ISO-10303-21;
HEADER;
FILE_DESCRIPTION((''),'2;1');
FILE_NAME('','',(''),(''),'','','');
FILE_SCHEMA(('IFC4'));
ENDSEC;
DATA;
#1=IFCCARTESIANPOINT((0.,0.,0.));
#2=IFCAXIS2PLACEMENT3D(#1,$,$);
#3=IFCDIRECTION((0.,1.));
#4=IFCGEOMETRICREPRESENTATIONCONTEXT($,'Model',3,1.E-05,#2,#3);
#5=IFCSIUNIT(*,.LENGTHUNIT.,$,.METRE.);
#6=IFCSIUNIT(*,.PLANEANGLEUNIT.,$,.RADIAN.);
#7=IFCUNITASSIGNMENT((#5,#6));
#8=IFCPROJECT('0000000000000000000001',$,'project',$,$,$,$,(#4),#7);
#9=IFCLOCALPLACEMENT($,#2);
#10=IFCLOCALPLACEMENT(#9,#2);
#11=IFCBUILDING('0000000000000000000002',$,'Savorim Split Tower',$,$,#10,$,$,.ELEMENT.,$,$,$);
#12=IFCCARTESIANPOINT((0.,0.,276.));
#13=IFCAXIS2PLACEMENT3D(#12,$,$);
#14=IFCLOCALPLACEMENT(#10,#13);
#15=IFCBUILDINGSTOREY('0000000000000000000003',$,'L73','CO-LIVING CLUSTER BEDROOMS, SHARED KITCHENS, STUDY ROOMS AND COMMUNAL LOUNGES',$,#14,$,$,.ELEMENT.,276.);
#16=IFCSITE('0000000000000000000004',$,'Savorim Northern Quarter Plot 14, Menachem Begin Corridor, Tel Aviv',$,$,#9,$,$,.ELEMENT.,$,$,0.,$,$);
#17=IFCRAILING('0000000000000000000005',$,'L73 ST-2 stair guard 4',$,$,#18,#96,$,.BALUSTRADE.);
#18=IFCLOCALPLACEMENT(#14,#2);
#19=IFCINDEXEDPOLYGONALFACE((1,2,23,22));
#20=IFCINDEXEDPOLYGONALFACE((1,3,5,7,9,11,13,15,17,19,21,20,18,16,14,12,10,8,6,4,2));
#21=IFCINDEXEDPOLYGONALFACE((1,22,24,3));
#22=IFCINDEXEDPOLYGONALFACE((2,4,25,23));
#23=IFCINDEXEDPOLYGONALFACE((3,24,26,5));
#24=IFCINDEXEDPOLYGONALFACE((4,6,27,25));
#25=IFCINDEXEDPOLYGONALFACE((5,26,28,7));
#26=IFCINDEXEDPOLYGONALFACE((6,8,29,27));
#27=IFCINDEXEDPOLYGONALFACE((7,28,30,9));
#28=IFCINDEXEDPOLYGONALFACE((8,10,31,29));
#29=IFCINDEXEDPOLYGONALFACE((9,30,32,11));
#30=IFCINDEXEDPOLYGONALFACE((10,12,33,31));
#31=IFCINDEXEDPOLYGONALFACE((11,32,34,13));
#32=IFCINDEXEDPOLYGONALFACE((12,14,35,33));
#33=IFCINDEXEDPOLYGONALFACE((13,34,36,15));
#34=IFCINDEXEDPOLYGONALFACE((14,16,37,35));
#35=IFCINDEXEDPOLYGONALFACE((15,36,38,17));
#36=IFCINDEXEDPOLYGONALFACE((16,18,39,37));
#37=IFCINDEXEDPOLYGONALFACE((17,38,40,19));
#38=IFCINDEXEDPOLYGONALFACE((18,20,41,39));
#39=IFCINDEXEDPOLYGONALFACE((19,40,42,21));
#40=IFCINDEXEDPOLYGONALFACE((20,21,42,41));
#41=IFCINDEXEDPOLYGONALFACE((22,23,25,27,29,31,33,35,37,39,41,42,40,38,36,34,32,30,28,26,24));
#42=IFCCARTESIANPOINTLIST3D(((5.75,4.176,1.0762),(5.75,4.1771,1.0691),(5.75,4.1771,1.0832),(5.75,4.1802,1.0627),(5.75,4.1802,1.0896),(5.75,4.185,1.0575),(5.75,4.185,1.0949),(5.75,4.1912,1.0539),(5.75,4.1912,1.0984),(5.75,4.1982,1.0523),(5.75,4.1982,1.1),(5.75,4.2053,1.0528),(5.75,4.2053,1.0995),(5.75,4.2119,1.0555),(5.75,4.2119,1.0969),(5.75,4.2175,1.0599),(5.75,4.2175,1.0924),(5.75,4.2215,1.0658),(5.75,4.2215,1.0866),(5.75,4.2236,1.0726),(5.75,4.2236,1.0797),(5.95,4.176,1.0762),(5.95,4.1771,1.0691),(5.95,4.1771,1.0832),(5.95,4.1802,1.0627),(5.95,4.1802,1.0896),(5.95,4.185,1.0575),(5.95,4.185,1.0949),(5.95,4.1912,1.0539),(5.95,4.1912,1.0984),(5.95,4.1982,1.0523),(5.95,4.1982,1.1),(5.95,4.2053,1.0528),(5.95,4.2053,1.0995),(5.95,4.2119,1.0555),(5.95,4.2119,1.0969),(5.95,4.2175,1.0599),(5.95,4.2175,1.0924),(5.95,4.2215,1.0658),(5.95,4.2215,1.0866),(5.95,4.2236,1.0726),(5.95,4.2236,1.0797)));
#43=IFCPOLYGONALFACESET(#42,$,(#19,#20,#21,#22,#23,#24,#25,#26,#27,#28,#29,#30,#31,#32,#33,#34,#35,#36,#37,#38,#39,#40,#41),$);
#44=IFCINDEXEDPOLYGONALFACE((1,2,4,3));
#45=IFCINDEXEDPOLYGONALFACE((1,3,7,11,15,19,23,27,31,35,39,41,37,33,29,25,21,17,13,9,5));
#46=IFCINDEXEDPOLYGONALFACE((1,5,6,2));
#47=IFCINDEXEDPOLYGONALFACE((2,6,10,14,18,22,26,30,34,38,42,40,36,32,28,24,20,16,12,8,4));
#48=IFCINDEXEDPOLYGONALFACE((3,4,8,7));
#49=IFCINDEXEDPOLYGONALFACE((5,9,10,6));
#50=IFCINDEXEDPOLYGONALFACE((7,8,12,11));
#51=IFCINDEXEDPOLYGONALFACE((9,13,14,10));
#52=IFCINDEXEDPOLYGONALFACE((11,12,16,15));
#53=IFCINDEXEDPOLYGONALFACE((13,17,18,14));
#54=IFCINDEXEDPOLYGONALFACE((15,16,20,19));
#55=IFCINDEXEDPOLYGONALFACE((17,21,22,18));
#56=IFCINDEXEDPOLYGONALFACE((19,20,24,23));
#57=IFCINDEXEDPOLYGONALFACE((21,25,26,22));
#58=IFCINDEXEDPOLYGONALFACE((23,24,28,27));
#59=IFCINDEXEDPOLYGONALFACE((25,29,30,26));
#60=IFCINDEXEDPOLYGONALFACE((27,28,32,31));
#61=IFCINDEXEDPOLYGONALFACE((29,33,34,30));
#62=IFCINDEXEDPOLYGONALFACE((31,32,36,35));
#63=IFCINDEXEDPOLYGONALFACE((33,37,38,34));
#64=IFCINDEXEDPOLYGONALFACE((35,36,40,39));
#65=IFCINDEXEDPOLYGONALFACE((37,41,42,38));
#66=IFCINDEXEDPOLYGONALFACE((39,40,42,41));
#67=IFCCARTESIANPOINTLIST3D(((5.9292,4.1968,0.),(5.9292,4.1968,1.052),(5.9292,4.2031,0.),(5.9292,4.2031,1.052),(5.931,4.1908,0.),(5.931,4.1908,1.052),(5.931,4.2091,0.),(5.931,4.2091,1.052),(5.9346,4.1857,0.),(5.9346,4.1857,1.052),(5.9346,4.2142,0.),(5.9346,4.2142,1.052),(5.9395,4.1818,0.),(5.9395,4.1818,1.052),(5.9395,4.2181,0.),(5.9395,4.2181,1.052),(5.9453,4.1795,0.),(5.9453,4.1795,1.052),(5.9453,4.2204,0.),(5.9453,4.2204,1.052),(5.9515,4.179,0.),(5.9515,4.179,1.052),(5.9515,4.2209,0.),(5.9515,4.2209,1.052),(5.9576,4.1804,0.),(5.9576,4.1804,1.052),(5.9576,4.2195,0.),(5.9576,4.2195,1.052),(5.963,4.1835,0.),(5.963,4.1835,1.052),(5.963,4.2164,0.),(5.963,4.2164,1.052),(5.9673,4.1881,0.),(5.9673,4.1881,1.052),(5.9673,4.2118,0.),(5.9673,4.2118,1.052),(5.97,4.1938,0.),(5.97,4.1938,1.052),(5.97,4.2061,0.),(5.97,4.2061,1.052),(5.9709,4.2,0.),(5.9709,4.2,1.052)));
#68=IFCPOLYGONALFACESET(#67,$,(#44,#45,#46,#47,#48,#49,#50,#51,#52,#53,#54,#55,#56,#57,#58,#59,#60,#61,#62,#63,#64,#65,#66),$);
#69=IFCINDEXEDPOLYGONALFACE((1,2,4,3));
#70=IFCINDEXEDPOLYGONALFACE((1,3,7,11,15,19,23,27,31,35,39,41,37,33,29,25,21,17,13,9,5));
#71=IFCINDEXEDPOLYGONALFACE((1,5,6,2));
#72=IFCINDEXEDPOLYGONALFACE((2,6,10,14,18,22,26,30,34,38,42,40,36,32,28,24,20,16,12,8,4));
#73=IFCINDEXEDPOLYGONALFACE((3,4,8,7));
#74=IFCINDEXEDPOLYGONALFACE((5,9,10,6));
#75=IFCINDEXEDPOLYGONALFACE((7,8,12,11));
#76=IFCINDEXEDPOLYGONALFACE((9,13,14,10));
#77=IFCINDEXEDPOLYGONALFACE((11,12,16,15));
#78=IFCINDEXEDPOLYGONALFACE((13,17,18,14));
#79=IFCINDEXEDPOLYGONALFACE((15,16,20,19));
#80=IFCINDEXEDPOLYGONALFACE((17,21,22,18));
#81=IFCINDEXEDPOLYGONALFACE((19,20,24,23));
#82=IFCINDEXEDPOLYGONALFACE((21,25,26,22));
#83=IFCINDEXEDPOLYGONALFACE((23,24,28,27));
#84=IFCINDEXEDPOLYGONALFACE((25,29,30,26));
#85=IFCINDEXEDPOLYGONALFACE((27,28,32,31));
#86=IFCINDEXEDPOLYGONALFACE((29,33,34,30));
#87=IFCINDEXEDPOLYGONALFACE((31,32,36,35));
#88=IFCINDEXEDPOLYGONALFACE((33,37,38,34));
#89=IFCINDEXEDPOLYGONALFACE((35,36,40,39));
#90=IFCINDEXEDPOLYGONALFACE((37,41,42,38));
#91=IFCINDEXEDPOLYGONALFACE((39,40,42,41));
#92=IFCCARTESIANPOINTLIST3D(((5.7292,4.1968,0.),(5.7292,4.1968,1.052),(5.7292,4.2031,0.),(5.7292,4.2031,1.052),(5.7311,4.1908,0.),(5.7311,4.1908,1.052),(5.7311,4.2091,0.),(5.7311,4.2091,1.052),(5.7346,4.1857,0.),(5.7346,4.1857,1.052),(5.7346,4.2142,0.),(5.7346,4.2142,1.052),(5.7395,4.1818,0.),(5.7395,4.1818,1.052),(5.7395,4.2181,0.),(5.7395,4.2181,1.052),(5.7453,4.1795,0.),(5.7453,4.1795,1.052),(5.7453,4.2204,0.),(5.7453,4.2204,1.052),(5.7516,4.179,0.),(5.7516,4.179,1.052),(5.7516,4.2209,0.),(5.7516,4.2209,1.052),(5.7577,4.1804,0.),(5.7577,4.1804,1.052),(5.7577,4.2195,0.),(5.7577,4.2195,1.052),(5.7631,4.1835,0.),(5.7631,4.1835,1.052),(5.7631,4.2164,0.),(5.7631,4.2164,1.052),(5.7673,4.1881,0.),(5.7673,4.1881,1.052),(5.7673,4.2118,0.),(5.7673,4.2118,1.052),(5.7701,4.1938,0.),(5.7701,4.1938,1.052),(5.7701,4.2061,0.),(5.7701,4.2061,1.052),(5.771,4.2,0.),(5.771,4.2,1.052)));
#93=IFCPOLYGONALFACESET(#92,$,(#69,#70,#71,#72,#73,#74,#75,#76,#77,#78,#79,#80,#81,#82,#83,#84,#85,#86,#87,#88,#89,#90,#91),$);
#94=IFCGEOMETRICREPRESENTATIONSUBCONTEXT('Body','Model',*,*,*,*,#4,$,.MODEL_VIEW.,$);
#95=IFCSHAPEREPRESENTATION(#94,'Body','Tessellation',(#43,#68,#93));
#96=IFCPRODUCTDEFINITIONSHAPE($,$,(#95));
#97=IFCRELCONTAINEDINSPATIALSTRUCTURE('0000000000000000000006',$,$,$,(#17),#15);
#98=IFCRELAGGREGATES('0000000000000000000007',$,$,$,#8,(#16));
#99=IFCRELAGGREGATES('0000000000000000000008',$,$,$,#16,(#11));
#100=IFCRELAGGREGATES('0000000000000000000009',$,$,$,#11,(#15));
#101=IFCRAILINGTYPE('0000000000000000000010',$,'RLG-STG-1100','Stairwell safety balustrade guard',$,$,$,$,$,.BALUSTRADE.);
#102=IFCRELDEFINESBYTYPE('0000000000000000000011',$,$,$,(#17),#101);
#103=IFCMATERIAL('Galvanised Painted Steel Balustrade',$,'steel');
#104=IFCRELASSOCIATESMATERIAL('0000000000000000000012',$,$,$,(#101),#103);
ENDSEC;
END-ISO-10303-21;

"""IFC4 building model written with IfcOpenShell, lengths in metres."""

from ifc_helpers import new_model, si_unit, direction, frame, origin, origin_2d, place, context, subcontext, project, spatial, circle, extrude, material, type_object, element, save


model = new_model("IFC4")

# Units and contexts
model_context = context("Model", 3, precision=1e-05, world=origin(), true_north=direction((0.0, 1.0)))
body_context = subcontext(model_context, "Body", "Model", "MODEL_VIEW")
ifc_project = project(units=[si_unit("LENGTHUNIT", "METRE"), si_unit("PLANEANGLEUNIT", "RADIAN")], contexts=[model_context])

# Site, building, storey
site_placement = place(None, origin())
site = spatial("IfcSite", under=ifc_project, at=site_placement, Name="Savorim Northern Quarter Plot 14, Menachem Begin Corridor, Tel Aviv", CompositionType="ELEMENT", RefElevation=0.0)
building_placement = place(site_placement, origin())
building = spatial("IfcBuilding", under=site, at=building_placement, Name="Savorim Split Tower", CompositionType="ELEMENT")
storey_placement = place(building_placement, frame((0.0, 0.0, 276.0)))
storey = spatial("IfcBuildingStorey", under=building, at=storey_placement, Name="L73", Description="CO-LIVING CLUSTER BEDROOMS, SHARED KITCHENS, STUDY ROOMS AND COMMUNAL LOUNGES", CompositionType="ELEMENT", Elevation=276.0)

# Railing
ifc_material_1 = material(Name="Galvanised Painted Steel Balustrade", Category="steel")
railing_type_1 = type_object("IfcRailingType", Name="RLG-STG-1100", Description="Stairwell safety balustrade guard", PredefinedType="BALUSTRADE", material=ifc_material_1)
railing_1_placement = place(storey_placement, frame((5.95, 4.2, 0.0)))
element("IfcRailing", 1, at=railing_1_placement, inside=storey, type_object=railing_type_1, Name="L73 ST-2 stair guard 4", PredefinedType="BALUSTRADE", context=body_context, shape_type="SweptSolid", body=[
    extrude(circle(Radius=0.0239, at=origin_2d()), frame((0.0, 0.0, 1.0762), z_axis=(-1.0, 0.0, 0.0), x_axis=(0.0, -1.0, 0.0)), (0.0, 0.0, 1.0), 0.2),
    extrude(circle(Radius=0.021, at=origin_2d()), origin(), (0.0, 0.0, 1.0), 1.052),
    extrude(circle(Radius=0.021, at=origin_2d()), frame((-0.2, 0.0, 0.0)), (0.0, 0.0, 1.0), 1.052),
])

save(model, "model.ifc")
